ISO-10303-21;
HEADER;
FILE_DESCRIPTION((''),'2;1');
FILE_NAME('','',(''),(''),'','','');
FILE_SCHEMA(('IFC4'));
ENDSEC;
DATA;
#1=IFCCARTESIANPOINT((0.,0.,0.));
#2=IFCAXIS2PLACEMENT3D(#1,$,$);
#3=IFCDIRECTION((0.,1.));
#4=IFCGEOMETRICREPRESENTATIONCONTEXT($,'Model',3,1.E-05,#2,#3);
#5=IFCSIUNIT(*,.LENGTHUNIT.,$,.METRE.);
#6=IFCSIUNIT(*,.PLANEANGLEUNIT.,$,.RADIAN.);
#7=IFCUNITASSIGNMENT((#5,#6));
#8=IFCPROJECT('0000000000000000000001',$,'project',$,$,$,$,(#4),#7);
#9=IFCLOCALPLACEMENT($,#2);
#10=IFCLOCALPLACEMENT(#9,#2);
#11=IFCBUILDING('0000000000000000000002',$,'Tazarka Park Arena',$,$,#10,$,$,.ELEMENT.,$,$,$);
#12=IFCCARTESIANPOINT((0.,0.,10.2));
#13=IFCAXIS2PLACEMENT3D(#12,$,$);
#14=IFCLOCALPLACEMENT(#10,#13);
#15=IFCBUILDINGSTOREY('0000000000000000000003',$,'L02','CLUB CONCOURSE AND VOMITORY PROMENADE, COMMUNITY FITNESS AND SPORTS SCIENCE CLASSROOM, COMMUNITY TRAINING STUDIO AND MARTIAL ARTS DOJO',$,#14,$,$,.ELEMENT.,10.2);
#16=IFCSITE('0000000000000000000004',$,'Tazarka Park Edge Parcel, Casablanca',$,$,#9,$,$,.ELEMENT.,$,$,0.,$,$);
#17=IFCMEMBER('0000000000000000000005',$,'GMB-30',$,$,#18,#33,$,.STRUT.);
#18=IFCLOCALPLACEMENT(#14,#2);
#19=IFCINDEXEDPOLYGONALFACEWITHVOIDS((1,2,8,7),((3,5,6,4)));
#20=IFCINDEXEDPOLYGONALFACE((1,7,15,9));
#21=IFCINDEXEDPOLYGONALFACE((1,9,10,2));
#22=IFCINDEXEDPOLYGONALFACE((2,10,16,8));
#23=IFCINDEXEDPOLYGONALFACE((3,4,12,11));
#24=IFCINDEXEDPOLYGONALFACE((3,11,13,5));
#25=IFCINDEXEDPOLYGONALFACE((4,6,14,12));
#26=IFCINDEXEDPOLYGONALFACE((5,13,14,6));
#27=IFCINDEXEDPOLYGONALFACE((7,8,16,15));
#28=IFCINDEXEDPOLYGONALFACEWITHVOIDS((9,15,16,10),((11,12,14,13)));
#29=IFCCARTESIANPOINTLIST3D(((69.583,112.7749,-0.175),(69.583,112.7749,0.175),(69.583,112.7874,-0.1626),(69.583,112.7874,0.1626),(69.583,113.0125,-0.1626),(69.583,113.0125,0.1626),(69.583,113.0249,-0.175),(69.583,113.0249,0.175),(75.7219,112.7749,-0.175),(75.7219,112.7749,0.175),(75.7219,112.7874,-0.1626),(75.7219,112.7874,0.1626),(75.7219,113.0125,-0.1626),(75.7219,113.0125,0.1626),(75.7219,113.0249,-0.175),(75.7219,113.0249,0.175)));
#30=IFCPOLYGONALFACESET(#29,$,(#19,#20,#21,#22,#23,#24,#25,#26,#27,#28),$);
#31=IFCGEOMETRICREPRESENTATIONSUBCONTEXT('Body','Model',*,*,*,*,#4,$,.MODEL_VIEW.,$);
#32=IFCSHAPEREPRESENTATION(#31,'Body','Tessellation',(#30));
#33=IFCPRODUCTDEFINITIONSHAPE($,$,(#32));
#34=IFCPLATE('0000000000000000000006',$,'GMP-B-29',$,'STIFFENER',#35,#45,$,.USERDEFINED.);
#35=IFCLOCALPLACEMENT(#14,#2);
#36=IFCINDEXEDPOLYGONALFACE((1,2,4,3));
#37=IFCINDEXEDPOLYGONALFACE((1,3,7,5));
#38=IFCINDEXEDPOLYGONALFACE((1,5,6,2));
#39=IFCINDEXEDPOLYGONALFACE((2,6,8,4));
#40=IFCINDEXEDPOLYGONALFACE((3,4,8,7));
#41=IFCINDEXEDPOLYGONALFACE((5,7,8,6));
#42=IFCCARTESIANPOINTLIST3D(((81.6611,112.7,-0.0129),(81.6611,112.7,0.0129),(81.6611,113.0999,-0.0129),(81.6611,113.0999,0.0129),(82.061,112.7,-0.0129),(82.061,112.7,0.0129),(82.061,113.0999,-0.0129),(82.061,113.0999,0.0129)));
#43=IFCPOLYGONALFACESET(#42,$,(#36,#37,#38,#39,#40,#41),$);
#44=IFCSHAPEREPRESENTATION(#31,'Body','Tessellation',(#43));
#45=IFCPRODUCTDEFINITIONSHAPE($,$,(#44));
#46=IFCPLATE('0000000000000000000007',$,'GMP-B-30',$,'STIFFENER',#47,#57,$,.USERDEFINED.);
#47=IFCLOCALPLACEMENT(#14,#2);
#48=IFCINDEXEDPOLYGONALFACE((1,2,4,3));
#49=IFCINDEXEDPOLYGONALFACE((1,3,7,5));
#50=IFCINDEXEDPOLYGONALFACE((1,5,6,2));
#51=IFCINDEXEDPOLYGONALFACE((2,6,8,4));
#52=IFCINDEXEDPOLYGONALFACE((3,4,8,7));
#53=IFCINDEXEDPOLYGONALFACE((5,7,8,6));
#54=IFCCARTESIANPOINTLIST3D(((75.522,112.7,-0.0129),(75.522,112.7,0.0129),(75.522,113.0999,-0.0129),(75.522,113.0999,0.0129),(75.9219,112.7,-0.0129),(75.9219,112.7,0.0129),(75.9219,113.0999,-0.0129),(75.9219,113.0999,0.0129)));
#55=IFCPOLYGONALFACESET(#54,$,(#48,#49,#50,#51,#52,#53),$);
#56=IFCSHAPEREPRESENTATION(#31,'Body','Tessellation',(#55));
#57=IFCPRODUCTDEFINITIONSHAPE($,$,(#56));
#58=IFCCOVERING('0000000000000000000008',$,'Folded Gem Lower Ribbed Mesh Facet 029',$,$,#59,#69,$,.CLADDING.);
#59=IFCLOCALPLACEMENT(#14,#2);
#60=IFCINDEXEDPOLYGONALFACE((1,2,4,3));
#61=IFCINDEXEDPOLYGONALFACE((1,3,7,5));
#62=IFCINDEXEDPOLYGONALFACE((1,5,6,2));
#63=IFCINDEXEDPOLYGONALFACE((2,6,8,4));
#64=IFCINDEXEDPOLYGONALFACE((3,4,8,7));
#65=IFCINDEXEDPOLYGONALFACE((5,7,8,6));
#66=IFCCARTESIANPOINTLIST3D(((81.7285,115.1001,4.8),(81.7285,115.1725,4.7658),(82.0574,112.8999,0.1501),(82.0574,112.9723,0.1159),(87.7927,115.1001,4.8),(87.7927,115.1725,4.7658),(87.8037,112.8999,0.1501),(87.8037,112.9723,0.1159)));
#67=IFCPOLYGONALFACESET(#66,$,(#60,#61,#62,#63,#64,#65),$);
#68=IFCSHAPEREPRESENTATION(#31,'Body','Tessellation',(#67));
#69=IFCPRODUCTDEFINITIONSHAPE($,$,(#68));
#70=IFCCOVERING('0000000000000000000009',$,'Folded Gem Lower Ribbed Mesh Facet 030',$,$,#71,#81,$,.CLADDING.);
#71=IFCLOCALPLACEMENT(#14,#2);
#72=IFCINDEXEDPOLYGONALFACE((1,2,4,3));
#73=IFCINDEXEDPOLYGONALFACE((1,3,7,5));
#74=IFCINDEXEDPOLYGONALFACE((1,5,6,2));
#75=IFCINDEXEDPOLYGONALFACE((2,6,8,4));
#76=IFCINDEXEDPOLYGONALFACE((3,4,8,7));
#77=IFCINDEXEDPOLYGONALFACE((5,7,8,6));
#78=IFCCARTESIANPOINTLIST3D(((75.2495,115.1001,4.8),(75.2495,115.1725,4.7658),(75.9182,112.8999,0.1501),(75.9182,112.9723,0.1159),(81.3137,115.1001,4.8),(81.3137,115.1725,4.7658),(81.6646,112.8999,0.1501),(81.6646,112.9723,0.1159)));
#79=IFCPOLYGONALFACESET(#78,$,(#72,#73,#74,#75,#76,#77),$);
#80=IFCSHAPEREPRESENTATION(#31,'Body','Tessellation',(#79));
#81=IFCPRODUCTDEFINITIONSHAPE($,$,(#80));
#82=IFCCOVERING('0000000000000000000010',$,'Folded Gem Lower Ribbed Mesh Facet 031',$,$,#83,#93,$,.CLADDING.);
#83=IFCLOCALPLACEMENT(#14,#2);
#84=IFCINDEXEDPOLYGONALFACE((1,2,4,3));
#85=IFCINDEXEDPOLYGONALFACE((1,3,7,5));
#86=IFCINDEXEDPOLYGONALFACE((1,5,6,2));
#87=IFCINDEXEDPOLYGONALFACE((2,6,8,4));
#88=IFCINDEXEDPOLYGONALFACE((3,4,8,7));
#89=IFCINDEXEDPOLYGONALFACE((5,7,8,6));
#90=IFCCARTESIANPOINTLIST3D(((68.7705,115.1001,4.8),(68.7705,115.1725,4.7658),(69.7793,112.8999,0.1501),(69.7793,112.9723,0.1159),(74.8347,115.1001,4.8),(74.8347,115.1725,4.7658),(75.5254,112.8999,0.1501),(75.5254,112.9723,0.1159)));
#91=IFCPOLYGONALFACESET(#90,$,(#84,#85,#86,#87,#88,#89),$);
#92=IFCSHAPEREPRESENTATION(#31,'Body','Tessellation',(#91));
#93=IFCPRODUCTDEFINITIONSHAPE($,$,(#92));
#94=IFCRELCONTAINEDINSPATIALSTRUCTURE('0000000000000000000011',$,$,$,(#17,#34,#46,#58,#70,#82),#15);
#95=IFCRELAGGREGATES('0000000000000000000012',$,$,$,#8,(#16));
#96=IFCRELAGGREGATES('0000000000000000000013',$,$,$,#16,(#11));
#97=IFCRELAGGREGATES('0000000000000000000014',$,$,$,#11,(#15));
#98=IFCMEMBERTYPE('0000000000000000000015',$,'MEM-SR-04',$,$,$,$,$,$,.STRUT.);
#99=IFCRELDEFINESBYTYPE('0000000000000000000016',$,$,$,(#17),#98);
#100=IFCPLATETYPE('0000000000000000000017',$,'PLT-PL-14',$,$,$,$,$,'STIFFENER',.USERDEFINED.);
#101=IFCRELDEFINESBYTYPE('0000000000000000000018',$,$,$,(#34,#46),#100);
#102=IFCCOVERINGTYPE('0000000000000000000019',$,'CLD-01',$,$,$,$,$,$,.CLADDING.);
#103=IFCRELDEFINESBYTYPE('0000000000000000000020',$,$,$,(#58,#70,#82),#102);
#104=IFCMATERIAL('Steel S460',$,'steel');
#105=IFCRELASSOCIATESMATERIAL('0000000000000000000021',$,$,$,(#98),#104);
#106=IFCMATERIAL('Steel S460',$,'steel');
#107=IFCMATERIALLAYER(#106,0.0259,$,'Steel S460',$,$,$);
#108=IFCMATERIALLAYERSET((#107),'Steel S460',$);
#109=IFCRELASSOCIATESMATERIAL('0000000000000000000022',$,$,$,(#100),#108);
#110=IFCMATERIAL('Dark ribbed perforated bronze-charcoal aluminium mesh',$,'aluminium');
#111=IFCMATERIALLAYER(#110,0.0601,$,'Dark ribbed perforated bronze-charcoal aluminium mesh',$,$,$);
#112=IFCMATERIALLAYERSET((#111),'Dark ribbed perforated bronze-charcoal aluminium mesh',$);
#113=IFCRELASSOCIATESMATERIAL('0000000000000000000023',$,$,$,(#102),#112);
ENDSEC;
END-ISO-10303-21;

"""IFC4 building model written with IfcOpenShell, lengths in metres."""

from ifc_helpers import new_model, si_unit, direction, frame, origin, origin_2d, place, context, subcontext, project, spatial, polyline, rectangle, hollow_rectangle, outline, extrude, material, layer, layer_set, material_profile, profile_set, type_object, element, save


model = new_model("IFC4")

# Units and contexts
model_context = context("Model", 3, precision=1e-05, world=origin(), true_north=direction((0.0, 1.0)))
body_context = subcontext(model_context, "Body", "Model", "MODEL_VIEW")
ifc_project = project(units=[si_unit("LENGTHUNIT", "METRE"), si_unit("PLANEANGLEUNIT", "RADIAN")], contexts=[model_context])

# Site, building, storey
site_placement = place(None, origin())
site = spatial("IfcSite", under=ifc_project, at=site_placement, Name="Tazarka Park Edge Parcel, Casablanca", CompositionType="ELEMENT", RefElevation=0.0)
building_placement = place(site_placement, origin())
building = spatial("IfcBuilding", under=site, at=building_placement, Name="Tazarka Park Arena", CompositionType="ELEMENT")
storey_placement = place(building_placement, frame((0.0, 0.0, 10.2)))
storey = spatial("IfcBuildingStorey", under=building, at=storey_placement, Name="L02", Description="CLUB CONCOURSE AND VOMITORY PROMENADE, COMMUNITY FITNESS AND SPORTS SCIENCE CLASSROOM, COMMUNITY TRAINING STUDIO AND MARTIAL ARTS DOJO", CompositionType="ELEMENT", Elevation=10.2)

# Member
ifc_material_1 = material(Name="Steel S460", Category="steel")
ifc_material_profile_1 = material_profile(ifc_material_1, hollow_rectangle(XDim=0.25, YDim=0.3501, WallThickness=0.0125, at=origin_2d()), Name="Steel S460")
ifc_profile_set_1 = profile_set([ifc_material_profile_1], Name="Steel S460")
member_type_1 = type_object("IfcMemberType", Name="MEM-SR-04", PredefinedType="STRUT", material=ifc_profile_set_1)
member_1_placement = place(storey_placement, frame((75.7219, 112.8999, 0.0), z_axis=(-1.0, 0.0, 0.0), x_axis=(0.0, -1.0, 0.0)))
element("IfcMember", 1, at=member_1_placement, inside=storey, type_object=member_type_1, Name="GMB-30", PredefinedType="STRUT", context=body_context, shape_type="SweptSolid", body=[
    extrude(hollow_rectangle(XDim=0.25, YDim=0.3501, WallThickness=0.0125, at=origin_2d()), origin(), (0.0, 0.0, 1.0), 6.1389),
])

# Plates
ifc_material_2 = material(Name="Steel S460", Category="steel")
ifc_layer_1 = layer(ifc_material_2, 0.0259, Name="Steel S460")
ifc_layer_set_1 = layer_set([ifc_layer_1], Name="Steel S460")
plate_type = type_object("IfcPlateType", Name="PLT-PL-14", ElementType="STIFFENER", PredefinedType="USERDEFINED", material=ifc_layer_set_1)
for number, where, z_axis, x_axis, name in (
    (2, (81.8611, 112.8999, -0.0129), (0.0, 0.0, 1.0), (1.0, 0.0, 0.0), "GMP-B-29"),
    (3, (75.7219, 112.8999, -0.0129), (0.0, 0.0, 1.0), (1.0, 0.0, 0.0), "GMP-B-30"),
):
    element("IfcPlate", number, at=place(storey_placement, frame(where, z_axis=z_axis, x_axis=x_axis)), inside=storey, type_object=plate_type, Name=name, ObjectType="STIFFENER", PredefinedType="USERDEFINED", context=body_context, shape_type="SweptSolid", body=[
        extrude(rectangle(XDim=0.3999, YDim=0.3999, at=origin_2d()), origin(), (0.0, 0.0, 1.0), 0.0259),
    ])

# Coverings
ifc_material_3 = material(Name="Dark ribbed perforated bronze-charcoal aluminium mesh", Category="aluminium")
ifc_layer_2 = layer(ifc_material_3, 0.0601, Name="Dark ribbed perforated bronze-charcoal aluminium mesh")
ifc_layer_set_2 = layer_set([ifc_layer_2], Name="Dark ribbed perforated bronze-charcoal aluminium mesh")
covering_type = type_object("IfcCoveringType", Name="CLD-01", PredefinedType="CLADDING", material=ifc_layer_set_2)
covering_1_placement = place(storey_placement, frame((87.8037, 112.8999, 0.1501), z_axis=(0.0, -0.903918, 0.427707), x_axis=(-1.0, 0.0, 0.0)))
element("IfcCovering", 4, at=covering_1_placement, inside=storey, type_object=covering_type, Name="Folded Gem Lower Ribbed Mesh Facet 029", PredefinedType="CLADDING", context=body_context, shape_type="SweptSolid", body=[
    extrude(outline(polyline([(0.0, 0.0), (5.7463, 0.0), (6.0752, -5.1442), (0.011, -5.1442), (0.0, 0.0)])), origin(), (0.0, 0.0, -1.0), 0.0801),
])
covering_2_placement = place(storey_placement, frame((81.6646, 112.8999, 0.1501), z_axis=(0.0, -0.903918, 0.427707), x_axis=(-1.0, 0.0, 0.0)))
element("IfcCovering", 5, at=covering_2_placement, inside=storey, type_object=covering_type, Name="Folded Gem Lower Ribbed Mesh Facet 030", PredefinedType="CLADDING", context=body_context, shape_type="SweptSolid", body=[
    extrude(outline(polyline([(0.0, 0.0), (5.7463, 0.0), (6.415, -5.1442), (0.3508, -5.1442), (0.0, 0.0)])), origin(), (0.0, 0.0, -1.0), 0.0801),
])
covering_3_placement = place(storey_placement, frame((75.5254, 112.8999, 0.1501), z_axis=(0.0, -0.903918, 0.427707), x_axis=(-1.0, 0.0, 0.0)))
element("IfcCovering", 6, at=covering_3_placement, inside=storey, type_object=covering_type, Name="Folded Gem Lower Ribbed Mesh Facet 031", PredefinedType="CLADDING", context=body_context, shape_type="SweptSolid", body=[
    extrude(outline(polyline([(0.0, 0.0), (5.7461, 0.0), (6.7549, -5.1442), (0.6907, -5.1442), (0.0, 0.0)])), origin(), (0.0, 0.0, -1.0), 0.0801),
])

save(model, "model.ifc")
